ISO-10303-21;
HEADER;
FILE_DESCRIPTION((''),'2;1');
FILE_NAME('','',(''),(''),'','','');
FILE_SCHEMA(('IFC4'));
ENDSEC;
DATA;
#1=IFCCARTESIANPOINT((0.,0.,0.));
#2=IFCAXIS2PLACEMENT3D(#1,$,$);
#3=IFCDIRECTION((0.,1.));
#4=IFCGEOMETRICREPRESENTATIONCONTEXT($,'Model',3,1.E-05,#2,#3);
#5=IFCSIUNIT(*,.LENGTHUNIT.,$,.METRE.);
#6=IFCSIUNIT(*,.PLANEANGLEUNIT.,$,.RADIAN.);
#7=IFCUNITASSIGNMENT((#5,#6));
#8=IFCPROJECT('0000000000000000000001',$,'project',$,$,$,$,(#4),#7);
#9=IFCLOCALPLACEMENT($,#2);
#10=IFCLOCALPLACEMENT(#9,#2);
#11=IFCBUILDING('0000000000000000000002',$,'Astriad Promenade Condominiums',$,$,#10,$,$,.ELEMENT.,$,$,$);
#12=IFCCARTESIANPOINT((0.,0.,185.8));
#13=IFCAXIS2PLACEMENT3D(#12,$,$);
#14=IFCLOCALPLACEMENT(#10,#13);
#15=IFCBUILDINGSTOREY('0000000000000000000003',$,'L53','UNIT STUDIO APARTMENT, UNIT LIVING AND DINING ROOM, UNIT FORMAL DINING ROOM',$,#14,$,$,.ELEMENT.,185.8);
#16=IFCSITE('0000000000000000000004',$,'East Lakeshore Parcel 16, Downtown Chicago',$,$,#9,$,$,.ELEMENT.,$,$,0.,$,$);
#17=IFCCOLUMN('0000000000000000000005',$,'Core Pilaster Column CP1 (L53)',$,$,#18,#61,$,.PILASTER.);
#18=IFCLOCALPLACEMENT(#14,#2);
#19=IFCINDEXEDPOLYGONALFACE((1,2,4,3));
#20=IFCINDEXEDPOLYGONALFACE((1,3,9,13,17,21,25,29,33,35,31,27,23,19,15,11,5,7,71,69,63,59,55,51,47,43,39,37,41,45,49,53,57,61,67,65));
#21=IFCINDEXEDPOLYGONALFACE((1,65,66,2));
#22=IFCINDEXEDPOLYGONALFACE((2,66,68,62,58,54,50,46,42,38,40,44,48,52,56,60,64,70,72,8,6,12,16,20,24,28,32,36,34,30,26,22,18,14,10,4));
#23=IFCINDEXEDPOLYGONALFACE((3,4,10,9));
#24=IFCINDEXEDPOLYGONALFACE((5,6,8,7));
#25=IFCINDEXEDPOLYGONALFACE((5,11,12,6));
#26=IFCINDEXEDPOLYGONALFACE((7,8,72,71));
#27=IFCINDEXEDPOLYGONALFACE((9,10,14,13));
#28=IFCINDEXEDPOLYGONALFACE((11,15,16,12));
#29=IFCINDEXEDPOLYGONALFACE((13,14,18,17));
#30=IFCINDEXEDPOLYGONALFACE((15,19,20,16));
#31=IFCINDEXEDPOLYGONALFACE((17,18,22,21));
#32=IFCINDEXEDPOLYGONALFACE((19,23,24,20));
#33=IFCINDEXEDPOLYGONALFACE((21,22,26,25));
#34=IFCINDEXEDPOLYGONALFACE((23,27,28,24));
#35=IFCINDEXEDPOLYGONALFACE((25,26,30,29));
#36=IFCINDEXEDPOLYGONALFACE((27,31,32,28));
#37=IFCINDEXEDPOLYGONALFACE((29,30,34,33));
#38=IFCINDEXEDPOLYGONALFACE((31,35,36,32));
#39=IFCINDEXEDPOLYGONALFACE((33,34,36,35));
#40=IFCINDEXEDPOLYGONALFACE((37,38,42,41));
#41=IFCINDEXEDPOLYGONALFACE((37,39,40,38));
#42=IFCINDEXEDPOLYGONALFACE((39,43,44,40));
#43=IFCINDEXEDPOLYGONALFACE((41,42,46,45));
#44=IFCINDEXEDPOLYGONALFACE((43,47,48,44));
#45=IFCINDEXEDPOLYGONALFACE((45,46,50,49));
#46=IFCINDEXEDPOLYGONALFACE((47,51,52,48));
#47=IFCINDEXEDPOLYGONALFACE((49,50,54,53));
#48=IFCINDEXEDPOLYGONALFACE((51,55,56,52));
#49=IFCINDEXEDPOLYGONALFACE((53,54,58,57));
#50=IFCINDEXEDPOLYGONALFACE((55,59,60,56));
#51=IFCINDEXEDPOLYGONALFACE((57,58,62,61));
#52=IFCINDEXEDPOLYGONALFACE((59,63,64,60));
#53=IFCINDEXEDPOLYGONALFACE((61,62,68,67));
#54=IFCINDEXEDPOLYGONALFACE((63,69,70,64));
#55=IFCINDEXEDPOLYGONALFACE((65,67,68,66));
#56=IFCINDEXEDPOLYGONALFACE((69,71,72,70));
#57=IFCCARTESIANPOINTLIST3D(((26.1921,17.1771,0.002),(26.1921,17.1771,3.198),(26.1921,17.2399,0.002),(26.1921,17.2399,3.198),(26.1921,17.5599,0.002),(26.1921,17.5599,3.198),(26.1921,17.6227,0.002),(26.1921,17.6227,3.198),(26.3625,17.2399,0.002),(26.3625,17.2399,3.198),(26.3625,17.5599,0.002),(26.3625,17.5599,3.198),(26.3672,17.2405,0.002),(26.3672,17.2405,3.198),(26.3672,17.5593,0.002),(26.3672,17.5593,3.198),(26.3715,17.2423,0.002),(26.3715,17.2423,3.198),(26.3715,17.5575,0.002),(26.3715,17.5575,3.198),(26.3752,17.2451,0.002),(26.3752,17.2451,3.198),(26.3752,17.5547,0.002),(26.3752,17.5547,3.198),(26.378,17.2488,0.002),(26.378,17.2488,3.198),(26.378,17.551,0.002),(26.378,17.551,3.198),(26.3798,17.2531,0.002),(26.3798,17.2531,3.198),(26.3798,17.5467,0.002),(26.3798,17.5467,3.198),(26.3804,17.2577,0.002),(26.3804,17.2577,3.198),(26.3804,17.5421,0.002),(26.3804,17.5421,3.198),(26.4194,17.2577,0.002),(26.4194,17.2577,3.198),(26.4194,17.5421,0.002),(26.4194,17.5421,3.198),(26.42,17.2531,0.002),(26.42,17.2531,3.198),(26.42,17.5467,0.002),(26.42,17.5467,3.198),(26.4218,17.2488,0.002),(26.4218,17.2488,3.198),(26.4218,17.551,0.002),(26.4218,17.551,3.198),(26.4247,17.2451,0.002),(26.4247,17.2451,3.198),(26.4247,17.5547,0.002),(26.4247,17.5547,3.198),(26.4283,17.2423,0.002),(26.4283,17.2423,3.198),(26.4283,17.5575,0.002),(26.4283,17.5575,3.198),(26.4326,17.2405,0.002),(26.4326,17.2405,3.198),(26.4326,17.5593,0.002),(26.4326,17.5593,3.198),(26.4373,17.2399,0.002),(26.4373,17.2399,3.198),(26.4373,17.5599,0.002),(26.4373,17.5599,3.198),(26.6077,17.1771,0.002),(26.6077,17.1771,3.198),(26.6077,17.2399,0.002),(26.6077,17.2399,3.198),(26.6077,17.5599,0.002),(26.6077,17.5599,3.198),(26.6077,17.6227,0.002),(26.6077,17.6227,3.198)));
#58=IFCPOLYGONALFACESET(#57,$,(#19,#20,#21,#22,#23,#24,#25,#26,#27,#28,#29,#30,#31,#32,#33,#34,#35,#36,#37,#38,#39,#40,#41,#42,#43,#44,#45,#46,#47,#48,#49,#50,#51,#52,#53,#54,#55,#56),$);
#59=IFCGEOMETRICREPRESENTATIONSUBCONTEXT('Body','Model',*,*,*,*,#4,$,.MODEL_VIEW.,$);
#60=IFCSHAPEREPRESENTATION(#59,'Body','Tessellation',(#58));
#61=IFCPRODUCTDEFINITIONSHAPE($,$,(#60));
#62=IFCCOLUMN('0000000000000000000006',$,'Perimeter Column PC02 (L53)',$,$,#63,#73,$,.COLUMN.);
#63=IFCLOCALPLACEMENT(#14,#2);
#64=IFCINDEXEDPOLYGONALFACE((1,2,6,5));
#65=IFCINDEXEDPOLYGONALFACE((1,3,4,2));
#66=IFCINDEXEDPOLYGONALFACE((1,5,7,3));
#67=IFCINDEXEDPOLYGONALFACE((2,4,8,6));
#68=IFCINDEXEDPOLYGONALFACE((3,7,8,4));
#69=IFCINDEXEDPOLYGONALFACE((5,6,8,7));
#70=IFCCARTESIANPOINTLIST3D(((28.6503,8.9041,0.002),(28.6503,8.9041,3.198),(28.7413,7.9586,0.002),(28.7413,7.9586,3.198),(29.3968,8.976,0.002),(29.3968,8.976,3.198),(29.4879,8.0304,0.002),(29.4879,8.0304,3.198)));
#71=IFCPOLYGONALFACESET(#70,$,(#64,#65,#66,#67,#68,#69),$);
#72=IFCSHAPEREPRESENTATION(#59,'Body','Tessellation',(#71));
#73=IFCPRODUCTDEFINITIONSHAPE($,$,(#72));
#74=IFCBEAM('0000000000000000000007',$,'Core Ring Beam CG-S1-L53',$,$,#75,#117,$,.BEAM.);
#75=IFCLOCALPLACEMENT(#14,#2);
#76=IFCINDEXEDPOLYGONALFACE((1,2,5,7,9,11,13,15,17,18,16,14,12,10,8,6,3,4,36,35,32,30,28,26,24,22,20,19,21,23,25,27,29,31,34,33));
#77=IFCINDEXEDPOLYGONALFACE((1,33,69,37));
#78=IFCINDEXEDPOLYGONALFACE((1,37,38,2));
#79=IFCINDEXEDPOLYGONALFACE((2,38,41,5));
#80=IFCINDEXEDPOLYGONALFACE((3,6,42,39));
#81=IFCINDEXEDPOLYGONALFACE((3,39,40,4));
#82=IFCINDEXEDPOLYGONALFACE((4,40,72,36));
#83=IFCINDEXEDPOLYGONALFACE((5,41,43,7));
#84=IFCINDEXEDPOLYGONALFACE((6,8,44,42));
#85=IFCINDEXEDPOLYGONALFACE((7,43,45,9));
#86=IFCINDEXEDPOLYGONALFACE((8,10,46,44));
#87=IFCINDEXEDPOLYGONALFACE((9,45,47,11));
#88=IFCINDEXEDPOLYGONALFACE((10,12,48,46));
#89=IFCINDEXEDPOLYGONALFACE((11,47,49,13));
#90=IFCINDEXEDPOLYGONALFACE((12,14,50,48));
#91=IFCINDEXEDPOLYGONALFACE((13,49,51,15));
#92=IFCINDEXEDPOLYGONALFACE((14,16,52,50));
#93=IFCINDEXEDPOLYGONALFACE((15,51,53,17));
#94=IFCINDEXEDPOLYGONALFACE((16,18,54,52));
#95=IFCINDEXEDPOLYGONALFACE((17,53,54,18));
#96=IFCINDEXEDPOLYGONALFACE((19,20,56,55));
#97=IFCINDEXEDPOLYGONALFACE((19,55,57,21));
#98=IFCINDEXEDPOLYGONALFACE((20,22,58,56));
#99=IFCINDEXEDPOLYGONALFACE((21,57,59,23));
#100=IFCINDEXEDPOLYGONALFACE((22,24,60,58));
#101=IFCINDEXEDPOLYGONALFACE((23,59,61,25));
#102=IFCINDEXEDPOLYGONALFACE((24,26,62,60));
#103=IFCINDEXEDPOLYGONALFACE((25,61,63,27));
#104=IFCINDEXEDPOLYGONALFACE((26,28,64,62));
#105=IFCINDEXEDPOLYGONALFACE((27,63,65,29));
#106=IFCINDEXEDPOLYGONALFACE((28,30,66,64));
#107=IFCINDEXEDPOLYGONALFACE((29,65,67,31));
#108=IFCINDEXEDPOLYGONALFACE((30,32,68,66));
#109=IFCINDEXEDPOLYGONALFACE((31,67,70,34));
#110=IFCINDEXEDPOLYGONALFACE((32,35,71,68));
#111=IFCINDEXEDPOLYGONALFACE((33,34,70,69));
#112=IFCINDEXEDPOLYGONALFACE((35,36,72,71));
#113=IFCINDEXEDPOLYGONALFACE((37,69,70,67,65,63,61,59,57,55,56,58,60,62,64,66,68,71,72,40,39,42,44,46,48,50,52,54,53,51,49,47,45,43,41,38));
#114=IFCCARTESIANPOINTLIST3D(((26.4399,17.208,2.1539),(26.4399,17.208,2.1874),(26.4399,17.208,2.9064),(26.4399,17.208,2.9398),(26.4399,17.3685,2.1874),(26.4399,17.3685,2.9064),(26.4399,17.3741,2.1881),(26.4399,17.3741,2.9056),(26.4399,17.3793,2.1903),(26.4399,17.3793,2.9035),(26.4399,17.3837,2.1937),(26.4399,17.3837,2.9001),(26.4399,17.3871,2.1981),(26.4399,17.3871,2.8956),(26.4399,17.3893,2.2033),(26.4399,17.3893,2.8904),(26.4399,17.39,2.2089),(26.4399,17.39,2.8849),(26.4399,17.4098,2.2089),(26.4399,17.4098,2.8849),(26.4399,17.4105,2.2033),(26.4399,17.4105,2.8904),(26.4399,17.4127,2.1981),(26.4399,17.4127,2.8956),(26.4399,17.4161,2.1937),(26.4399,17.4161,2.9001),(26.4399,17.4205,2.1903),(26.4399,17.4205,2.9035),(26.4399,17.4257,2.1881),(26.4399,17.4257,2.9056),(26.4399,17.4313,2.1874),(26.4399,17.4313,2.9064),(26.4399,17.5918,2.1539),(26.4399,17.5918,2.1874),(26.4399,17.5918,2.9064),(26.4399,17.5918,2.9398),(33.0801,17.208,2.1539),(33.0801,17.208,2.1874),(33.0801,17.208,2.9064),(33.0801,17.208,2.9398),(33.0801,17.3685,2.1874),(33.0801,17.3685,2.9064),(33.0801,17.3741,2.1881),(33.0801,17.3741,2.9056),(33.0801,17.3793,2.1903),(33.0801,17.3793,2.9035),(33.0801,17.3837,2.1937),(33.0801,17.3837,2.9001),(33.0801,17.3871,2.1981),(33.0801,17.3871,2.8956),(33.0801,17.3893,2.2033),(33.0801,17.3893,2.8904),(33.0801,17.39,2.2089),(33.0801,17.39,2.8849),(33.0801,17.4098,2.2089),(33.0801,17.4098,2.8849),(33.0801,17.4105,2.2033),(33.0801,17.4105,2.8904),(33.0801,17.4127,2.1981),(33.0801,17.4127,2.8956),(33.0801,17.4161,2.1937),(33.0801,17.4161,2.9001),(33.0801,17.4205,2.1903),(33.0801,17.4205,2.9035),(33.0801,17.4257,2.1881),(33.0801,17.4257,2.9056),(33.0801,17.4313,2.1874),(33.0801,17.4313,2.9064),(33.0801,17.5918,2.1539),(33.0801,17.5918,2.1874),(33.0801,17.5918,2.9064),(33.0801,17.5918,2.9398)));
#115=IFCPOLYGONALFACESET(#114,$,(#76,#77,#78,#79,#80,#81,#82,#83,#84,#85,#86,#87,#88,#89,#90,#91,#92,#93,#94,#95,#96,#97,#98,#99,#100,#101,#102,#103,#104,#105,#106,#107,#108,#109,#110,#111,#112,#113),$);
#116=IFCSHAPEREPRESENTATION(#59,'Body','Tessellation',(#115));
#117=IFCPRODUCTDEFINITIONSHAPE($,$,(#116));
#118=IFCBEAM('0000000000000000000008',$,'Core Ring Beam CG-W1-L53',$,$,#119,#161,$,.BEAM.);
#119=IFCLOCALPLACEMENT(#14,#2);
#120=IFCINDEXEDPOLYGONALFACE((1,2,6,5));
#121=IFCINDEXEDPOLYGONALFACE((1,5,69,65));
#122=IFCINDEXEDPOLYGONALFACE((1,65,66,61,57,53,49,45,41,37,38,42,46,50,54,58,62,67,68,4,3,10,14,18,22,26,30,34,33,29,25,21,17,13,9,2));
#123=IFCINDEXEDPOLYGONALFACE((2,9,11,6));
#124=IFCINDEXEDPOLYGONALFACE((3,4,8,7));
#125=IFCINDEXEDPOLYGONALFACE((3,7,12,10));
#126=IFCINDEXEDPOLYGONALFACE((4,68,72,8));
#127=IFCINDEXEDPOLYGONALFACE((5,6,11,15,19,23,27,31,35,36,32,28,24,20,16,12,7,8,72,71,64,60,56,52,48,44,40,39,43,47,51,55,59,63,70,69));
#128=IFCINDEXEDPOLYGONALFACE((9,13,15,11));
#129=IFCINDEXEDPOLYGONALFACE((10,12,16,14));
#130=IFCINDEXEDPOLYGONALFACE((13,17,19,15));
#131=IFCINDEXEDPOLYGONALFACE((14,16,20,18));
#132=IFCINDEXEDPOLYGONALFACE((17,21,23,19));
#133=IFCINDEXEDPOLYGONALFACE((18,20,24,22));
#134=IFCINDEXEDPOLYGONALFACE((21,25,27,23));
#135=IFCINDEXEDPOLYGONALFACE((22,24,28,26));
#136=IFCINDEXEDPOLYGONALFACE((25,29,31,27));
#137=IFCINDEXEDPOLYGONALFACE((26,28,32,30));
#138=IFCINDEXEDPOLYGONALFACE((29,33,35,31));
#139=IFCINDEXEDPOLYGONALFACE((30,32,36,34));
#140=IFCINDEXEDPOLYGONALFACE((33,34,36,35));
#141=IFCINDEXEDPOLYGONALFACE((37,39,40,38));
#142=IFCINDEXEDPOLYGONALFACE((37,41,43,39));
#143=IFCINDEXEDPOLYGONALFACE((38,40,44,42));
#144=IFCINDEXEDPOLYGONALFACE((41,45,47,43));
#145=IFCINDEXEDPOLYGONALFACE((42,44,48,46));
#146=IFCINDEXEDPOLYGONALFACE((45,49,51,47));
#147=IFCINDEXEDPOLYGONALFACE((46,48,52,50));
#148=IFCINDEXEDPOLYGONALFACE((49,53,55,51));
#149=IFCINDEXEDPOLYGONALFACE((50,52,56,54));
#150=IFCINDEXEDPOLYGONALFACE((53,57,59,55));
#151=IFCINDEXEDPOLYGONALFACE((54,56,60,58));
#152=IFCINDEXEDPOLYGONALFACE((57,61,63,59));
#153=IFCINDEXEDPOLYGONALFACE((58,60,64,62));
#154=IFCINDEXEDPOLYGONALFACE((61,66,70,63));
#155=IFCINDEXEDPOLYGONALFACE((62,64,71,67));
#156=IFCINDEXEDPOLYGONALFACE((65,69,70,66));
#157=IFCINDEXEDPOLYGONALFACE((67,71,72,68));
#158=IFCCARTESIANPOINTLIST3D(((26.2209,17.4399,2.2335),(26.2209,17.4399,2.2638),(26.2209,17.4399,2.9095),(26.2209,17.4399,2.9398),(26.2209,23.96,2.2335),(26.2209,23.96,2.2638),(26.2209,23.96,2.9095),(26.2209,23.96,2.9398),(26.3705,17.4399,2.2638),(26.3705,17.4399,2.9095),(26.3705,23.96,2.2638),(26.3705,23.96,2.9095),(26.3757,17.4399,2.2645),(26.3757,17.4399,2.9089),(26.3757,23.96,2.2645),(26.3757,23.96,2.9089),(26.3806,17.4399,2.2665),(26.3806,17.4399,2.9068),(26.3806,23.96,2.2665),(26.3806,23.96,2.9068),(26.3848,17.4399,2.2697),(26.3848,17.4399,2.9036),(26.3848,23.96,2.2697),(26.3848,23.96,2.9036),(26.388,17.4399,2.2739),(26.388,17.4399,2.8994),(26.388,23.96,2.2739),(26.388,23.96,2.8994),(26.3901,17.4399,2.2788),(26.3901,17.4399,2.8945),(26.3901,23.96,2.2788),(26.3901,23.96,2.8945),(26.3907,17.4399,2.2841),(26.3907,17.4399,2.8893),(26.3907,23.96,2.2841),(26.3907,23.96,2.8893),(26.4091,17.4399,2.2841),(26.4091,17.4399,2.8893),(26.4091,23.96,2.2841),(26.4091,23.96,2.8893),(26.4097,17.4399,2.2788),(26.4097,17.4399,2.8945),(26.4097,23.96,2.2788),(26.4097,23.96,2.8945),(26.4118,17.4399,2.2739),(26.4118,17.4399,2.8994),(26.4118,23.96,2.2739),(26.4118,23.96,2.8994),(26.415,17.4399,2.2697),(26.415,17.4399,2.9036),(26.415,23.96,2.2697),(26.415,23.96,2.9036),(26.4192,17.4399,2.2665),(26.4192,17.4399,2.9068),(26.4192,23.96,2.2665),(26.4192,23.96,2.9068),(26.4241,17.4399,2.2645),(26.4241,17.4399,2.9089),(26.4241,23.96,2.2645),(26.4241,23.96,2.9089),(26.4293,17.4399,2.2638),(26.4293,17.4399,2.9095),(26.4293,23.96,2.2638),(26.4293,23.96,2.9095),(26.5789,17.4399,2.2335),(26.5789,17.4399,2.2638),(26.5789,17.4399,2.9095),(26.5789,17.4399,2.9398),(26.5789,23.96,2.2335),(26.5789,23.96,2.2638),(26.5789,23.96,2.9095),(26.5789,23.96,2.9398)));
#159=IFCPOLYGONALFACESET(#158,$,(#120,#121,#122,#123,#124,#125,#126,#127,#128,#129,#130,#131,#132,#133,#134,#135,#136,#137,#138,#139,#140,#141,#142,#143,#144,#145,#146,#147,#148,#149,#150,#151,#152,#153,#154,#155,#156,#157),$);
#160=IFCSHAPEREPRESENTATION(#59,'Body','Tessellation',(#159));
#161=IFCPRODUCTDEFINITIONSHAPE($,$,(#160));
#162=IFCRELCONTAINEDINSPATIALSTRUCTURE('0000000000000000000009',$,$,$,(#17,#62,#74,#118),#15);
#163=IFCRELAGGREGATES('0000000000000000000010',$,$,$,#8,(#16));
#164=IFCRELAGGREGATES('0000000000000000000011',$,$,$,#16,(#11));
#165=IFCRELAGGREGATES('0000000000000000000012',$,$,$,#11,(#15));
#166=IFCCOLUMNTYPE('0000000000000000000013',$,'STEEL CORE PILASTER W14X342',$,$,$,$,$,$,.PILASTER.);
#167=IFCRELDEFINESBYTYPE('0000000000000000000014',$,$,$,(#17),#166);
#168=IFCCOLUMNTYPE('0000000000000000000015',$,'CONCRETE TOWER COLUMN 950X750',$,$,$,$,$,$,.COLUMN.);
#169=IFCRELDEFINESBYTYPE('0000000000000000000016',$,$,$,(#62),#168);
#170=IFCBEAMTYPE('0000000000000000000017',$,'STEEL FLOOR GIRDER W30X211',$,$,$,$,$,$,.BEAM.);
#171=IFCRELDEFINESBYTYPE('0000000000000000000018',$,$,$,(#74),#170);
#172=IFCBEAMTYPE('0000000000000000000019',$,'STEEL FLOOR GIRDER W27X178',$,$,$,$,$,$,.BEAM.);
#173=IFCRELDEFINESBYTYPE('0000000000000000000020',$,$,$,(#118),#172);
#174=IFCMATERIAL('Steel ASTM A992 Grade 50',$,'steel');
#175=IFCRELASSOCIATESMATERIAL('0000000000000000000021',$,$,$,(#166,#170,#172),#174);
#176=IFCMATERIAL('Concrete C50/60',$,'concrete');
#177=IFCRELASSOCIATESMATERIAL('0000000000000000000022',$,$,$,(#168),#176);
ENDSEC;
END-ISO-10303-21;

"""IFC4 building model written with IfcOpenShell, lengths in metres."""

from ifc_helpers import new_model, si_unit, direction, frame, origin, origin_2d, place, context, subcontext, project, spatial, rectangle, i_section, extrude, source, transform, mapped, material, material_profile, profile_set, type_object, type_shapes, element, save


model = new_model("IFC4")

# Units and contexts
model_context = context("Model", 3, precision=1e-05, world=origin(), true_north=direction((0.0, 1.0)))
body_context = subcontext(model_context, "Body", "Model", "MODEL_VIEW")
ifc_project = project(units=[si_unit("LENGTHUNIT", "METRE"), si_unit("PLANEANGLEUNIT", "RADIAN")], contexts=[model_context])

# Site, building, storey
site_placement = place(None, origin())
site = spatial("IfcSite", under=ifc_project, at=site_placement, Name="East Lakeshore Parcel 16, Downtown Chicago", CompositionType="ELEMENT", RefElevation=0.0)
building_placement = place(site_placement, origin())
building = spatial("IfcBuilding", under=site, at=building_placement, Name="Astriad Promenade Condominiums", CompositionType="ELEMENT")
storey_placement = place(building_placement, frame((0.0, 0.0, 185.8)))
storey = spatial("IfcBuildingStorey", under=building, at=storey_placement, Name="L53", Description="UNIT STUDIO APARTMENT, UNIT LIVING AND DINING ROOM, UNIT FORMAL DINING ROOM", CompositionType="ELEMENT", Elevation=185.8)

# Columns
ifc_material_1 = material(Name="Steel ASTM A992 Grade 50", Category="steel")
ifc_material_profile_1 = material_profile(ifc_material_1, i_section(OverallWidth=0.4155, OverallDepth=0.4456, WebThickness=0.0391, FlangeThickness=0.0627, FilletRadius=0.0178, at=origin_2d()), Name="W14X342")
ifc_profile_set_1 = profile_set([ifc_material_profile_1], Name="Steel ASTM A992 Grade 50")
column_type_1 = type_object("IfcColumnType", Name="STEEL CORE PILASTER W14X342", PredefinedType="PILASTER", material=ifc_profile_set_1)
shared_shape_1 = source(origin(), body_context, "Body", "SweptSolid", [
    extrude(i_section(OverallWidth=0.4155, OverallDepth=0.4456, WebThickness=0.0391, FlangeThickness=0.0627, FilletRadius=0.0178, at=origin_2d()), origin(), (0.0, 0.0, 1.0), 3.196),
])
type_shapes(column_type_1, [shared_shape_1])
column_1_placement = place(storey_placement, frame((26.3999, 17.3999, 0.002), z_axis=(0.0, 0.0, 1.0), x_axis=(1.0, 0.0, 0.0)))
element("IfcColumn", 1, at=column_1_placement, inside=storey, type_object=column_type_1, Name="Core Pilaster Column CP1 (L53)", PredefinedType="PILASTER", context=body_context, shape_type="MappedRepresentation", body=[
    mapped(shared_shape_1, transform((0.0, 0.0, 0.0), scale=1.0)),
])
ifc_material_2 = material(Name="Concrete C50/60", Category="concrete")
ifc_material_profile_2 = material_profile(ifc_material_2, rectangle(XDim=0.75, YDim=0.95, at=origin_2d()), Name="RC-COL-950X750")
ifc_profile_set_2 = profile_set([ifc_material_profile_2], Name="Concrete C50/60")
column_type_2 = type_object("IfcColumnType", Name="CONCRETE TOWER COLUMN 950X750", PredefinedType="COLUMN", material=ifc_profile_set_2)
shared_shape_2 = source(origin(), body_context, "Body", "SweptSolid", [
    extrude(rectangle(XDim=0.75, YDim=0.95, at=origin_2d()), origin(), (0.0, 0.0, 1.0), 3.196),
])
type_shapes(column_type_2, [shared_shape_2])
column_2_placement = place(storey_placement, frame((29.0691, 8.4673, 0.002), z_axis=(0.0, 0.0, 1.0), x_axis=(0.995396, 0.095846, 0.0)))
element("IfcColumn", 2, at=column_2_placement, inside=storey, type_object=column_type_2, Name="Perimeter Column PC02 (L53)", PredefinedType="COLUMN", context=body_context, shape_type="MappedRepresentation", body=[
    mapped(shared_shape_2, transform((0.0, 0.0, 0.0), scale=1.0)),
])

# Beams
ifc_material_profile_3 = material_profile(ifc_material_1, i_section(OverallWidth=0.3838, OverallDepth=0.7859, WebThickness=0.0198, FlangeThickness=0.0334, FilletRadius=0.0215, at=origin_2d()), Name="W30X211")
ifc_profile_set_3 = profile_set([ifc_material_profile_3], Name="Steel ASTM A992 Grade 50")
beam_type_1 = type_object("IfcBeamType", Name="STEEL FLOOR GIRDER W30X211", PredefinedType="BEAM", material=ifc_profile_set_3)
shared_shape_3 = source(origin(), body_context, "Body", "SweptSolid", [
    extrude(i_section(OverallWidth=0.3838, OverallDepth=0.7859, WebThickness=0.0198, FlangeThickness=0.0334, FilletRadius=0.0215, at=origin_2d()), origin(), (0.0, 0.0, 1.0), 6.6401),
])
type_shapes(beam_type_1, [shared_shape_3])
beam_1_placement = place(storey_placement, frame((26.4399, 17.3999, 2.5469), z_axis=(1.0, 0.0, 0.0), x_axis=(0.0, 1.0, 0.0)))
element("IfcBeam", 3, at=beam_1_placement, inside=storey, type_object=beam_type_1, Name="Core Ring Beam CG-S1-L53", PredefinedType="BEAM", context=body_context, shape_type="MappedRepresentation", body=[
    mapped(shared_shape_3, transform((0.0, 0.0, 0.0), scale=1.0)),
])
ifc_material_profile_4 = material_profile(ifc_material_1, i_section(OverallWidth=0.3579, OverallDepth=0.7063, WebThickness=0.0183, FlangeThickness=0.0303, FilletRadius=0.0203, at=origin_2d()), Name="W27X178")
ifc_profile_set_4 = profile_set([ifc_material_profile_4], Name="Steel ASTM A992 Grade 50")
beam_type_2 = type_object("IfcBeamType", Name="STEEL FLOOR GIRDER W27X178", PredefinedType="BEAM", material=ifc_profile_set_4)
shared_shape_4 = source(origin(), body_context, "Body", "SweptSolid", [
    extrude(i_section(OverallWidth=0.3579, OverallDepth=0.7063, WebThickness=0.0183, FlangeThickness=0.0303, FilletRadius=0.0203, at=origin_2d()), origin(), (0.0, 0.0, 1.0), 6.52),
])
type_shapes(beam_type_2, [shared_shape_4])
beam_2_placement = place(storey_placement, frame((26.3999, 17.4399, 2.5867), z_axis=(0.0, 1.0, 0.0), x_axis=(-1.0, 0.0, 0.0)))
element("IfcBeam", 4, at=beam_2_placement, inside=storey, type_object=beam_type_2, Name="Core Ring Beam CG-W1-L53", PredefinedType="BEAM", context=body_context, shape_type="MappedRepresentation", body=[
    mapped(shared_shape_4, transform((0.0, 0.0, 0.0), scale=1.0)),
])

save(model, "model.ifc")
